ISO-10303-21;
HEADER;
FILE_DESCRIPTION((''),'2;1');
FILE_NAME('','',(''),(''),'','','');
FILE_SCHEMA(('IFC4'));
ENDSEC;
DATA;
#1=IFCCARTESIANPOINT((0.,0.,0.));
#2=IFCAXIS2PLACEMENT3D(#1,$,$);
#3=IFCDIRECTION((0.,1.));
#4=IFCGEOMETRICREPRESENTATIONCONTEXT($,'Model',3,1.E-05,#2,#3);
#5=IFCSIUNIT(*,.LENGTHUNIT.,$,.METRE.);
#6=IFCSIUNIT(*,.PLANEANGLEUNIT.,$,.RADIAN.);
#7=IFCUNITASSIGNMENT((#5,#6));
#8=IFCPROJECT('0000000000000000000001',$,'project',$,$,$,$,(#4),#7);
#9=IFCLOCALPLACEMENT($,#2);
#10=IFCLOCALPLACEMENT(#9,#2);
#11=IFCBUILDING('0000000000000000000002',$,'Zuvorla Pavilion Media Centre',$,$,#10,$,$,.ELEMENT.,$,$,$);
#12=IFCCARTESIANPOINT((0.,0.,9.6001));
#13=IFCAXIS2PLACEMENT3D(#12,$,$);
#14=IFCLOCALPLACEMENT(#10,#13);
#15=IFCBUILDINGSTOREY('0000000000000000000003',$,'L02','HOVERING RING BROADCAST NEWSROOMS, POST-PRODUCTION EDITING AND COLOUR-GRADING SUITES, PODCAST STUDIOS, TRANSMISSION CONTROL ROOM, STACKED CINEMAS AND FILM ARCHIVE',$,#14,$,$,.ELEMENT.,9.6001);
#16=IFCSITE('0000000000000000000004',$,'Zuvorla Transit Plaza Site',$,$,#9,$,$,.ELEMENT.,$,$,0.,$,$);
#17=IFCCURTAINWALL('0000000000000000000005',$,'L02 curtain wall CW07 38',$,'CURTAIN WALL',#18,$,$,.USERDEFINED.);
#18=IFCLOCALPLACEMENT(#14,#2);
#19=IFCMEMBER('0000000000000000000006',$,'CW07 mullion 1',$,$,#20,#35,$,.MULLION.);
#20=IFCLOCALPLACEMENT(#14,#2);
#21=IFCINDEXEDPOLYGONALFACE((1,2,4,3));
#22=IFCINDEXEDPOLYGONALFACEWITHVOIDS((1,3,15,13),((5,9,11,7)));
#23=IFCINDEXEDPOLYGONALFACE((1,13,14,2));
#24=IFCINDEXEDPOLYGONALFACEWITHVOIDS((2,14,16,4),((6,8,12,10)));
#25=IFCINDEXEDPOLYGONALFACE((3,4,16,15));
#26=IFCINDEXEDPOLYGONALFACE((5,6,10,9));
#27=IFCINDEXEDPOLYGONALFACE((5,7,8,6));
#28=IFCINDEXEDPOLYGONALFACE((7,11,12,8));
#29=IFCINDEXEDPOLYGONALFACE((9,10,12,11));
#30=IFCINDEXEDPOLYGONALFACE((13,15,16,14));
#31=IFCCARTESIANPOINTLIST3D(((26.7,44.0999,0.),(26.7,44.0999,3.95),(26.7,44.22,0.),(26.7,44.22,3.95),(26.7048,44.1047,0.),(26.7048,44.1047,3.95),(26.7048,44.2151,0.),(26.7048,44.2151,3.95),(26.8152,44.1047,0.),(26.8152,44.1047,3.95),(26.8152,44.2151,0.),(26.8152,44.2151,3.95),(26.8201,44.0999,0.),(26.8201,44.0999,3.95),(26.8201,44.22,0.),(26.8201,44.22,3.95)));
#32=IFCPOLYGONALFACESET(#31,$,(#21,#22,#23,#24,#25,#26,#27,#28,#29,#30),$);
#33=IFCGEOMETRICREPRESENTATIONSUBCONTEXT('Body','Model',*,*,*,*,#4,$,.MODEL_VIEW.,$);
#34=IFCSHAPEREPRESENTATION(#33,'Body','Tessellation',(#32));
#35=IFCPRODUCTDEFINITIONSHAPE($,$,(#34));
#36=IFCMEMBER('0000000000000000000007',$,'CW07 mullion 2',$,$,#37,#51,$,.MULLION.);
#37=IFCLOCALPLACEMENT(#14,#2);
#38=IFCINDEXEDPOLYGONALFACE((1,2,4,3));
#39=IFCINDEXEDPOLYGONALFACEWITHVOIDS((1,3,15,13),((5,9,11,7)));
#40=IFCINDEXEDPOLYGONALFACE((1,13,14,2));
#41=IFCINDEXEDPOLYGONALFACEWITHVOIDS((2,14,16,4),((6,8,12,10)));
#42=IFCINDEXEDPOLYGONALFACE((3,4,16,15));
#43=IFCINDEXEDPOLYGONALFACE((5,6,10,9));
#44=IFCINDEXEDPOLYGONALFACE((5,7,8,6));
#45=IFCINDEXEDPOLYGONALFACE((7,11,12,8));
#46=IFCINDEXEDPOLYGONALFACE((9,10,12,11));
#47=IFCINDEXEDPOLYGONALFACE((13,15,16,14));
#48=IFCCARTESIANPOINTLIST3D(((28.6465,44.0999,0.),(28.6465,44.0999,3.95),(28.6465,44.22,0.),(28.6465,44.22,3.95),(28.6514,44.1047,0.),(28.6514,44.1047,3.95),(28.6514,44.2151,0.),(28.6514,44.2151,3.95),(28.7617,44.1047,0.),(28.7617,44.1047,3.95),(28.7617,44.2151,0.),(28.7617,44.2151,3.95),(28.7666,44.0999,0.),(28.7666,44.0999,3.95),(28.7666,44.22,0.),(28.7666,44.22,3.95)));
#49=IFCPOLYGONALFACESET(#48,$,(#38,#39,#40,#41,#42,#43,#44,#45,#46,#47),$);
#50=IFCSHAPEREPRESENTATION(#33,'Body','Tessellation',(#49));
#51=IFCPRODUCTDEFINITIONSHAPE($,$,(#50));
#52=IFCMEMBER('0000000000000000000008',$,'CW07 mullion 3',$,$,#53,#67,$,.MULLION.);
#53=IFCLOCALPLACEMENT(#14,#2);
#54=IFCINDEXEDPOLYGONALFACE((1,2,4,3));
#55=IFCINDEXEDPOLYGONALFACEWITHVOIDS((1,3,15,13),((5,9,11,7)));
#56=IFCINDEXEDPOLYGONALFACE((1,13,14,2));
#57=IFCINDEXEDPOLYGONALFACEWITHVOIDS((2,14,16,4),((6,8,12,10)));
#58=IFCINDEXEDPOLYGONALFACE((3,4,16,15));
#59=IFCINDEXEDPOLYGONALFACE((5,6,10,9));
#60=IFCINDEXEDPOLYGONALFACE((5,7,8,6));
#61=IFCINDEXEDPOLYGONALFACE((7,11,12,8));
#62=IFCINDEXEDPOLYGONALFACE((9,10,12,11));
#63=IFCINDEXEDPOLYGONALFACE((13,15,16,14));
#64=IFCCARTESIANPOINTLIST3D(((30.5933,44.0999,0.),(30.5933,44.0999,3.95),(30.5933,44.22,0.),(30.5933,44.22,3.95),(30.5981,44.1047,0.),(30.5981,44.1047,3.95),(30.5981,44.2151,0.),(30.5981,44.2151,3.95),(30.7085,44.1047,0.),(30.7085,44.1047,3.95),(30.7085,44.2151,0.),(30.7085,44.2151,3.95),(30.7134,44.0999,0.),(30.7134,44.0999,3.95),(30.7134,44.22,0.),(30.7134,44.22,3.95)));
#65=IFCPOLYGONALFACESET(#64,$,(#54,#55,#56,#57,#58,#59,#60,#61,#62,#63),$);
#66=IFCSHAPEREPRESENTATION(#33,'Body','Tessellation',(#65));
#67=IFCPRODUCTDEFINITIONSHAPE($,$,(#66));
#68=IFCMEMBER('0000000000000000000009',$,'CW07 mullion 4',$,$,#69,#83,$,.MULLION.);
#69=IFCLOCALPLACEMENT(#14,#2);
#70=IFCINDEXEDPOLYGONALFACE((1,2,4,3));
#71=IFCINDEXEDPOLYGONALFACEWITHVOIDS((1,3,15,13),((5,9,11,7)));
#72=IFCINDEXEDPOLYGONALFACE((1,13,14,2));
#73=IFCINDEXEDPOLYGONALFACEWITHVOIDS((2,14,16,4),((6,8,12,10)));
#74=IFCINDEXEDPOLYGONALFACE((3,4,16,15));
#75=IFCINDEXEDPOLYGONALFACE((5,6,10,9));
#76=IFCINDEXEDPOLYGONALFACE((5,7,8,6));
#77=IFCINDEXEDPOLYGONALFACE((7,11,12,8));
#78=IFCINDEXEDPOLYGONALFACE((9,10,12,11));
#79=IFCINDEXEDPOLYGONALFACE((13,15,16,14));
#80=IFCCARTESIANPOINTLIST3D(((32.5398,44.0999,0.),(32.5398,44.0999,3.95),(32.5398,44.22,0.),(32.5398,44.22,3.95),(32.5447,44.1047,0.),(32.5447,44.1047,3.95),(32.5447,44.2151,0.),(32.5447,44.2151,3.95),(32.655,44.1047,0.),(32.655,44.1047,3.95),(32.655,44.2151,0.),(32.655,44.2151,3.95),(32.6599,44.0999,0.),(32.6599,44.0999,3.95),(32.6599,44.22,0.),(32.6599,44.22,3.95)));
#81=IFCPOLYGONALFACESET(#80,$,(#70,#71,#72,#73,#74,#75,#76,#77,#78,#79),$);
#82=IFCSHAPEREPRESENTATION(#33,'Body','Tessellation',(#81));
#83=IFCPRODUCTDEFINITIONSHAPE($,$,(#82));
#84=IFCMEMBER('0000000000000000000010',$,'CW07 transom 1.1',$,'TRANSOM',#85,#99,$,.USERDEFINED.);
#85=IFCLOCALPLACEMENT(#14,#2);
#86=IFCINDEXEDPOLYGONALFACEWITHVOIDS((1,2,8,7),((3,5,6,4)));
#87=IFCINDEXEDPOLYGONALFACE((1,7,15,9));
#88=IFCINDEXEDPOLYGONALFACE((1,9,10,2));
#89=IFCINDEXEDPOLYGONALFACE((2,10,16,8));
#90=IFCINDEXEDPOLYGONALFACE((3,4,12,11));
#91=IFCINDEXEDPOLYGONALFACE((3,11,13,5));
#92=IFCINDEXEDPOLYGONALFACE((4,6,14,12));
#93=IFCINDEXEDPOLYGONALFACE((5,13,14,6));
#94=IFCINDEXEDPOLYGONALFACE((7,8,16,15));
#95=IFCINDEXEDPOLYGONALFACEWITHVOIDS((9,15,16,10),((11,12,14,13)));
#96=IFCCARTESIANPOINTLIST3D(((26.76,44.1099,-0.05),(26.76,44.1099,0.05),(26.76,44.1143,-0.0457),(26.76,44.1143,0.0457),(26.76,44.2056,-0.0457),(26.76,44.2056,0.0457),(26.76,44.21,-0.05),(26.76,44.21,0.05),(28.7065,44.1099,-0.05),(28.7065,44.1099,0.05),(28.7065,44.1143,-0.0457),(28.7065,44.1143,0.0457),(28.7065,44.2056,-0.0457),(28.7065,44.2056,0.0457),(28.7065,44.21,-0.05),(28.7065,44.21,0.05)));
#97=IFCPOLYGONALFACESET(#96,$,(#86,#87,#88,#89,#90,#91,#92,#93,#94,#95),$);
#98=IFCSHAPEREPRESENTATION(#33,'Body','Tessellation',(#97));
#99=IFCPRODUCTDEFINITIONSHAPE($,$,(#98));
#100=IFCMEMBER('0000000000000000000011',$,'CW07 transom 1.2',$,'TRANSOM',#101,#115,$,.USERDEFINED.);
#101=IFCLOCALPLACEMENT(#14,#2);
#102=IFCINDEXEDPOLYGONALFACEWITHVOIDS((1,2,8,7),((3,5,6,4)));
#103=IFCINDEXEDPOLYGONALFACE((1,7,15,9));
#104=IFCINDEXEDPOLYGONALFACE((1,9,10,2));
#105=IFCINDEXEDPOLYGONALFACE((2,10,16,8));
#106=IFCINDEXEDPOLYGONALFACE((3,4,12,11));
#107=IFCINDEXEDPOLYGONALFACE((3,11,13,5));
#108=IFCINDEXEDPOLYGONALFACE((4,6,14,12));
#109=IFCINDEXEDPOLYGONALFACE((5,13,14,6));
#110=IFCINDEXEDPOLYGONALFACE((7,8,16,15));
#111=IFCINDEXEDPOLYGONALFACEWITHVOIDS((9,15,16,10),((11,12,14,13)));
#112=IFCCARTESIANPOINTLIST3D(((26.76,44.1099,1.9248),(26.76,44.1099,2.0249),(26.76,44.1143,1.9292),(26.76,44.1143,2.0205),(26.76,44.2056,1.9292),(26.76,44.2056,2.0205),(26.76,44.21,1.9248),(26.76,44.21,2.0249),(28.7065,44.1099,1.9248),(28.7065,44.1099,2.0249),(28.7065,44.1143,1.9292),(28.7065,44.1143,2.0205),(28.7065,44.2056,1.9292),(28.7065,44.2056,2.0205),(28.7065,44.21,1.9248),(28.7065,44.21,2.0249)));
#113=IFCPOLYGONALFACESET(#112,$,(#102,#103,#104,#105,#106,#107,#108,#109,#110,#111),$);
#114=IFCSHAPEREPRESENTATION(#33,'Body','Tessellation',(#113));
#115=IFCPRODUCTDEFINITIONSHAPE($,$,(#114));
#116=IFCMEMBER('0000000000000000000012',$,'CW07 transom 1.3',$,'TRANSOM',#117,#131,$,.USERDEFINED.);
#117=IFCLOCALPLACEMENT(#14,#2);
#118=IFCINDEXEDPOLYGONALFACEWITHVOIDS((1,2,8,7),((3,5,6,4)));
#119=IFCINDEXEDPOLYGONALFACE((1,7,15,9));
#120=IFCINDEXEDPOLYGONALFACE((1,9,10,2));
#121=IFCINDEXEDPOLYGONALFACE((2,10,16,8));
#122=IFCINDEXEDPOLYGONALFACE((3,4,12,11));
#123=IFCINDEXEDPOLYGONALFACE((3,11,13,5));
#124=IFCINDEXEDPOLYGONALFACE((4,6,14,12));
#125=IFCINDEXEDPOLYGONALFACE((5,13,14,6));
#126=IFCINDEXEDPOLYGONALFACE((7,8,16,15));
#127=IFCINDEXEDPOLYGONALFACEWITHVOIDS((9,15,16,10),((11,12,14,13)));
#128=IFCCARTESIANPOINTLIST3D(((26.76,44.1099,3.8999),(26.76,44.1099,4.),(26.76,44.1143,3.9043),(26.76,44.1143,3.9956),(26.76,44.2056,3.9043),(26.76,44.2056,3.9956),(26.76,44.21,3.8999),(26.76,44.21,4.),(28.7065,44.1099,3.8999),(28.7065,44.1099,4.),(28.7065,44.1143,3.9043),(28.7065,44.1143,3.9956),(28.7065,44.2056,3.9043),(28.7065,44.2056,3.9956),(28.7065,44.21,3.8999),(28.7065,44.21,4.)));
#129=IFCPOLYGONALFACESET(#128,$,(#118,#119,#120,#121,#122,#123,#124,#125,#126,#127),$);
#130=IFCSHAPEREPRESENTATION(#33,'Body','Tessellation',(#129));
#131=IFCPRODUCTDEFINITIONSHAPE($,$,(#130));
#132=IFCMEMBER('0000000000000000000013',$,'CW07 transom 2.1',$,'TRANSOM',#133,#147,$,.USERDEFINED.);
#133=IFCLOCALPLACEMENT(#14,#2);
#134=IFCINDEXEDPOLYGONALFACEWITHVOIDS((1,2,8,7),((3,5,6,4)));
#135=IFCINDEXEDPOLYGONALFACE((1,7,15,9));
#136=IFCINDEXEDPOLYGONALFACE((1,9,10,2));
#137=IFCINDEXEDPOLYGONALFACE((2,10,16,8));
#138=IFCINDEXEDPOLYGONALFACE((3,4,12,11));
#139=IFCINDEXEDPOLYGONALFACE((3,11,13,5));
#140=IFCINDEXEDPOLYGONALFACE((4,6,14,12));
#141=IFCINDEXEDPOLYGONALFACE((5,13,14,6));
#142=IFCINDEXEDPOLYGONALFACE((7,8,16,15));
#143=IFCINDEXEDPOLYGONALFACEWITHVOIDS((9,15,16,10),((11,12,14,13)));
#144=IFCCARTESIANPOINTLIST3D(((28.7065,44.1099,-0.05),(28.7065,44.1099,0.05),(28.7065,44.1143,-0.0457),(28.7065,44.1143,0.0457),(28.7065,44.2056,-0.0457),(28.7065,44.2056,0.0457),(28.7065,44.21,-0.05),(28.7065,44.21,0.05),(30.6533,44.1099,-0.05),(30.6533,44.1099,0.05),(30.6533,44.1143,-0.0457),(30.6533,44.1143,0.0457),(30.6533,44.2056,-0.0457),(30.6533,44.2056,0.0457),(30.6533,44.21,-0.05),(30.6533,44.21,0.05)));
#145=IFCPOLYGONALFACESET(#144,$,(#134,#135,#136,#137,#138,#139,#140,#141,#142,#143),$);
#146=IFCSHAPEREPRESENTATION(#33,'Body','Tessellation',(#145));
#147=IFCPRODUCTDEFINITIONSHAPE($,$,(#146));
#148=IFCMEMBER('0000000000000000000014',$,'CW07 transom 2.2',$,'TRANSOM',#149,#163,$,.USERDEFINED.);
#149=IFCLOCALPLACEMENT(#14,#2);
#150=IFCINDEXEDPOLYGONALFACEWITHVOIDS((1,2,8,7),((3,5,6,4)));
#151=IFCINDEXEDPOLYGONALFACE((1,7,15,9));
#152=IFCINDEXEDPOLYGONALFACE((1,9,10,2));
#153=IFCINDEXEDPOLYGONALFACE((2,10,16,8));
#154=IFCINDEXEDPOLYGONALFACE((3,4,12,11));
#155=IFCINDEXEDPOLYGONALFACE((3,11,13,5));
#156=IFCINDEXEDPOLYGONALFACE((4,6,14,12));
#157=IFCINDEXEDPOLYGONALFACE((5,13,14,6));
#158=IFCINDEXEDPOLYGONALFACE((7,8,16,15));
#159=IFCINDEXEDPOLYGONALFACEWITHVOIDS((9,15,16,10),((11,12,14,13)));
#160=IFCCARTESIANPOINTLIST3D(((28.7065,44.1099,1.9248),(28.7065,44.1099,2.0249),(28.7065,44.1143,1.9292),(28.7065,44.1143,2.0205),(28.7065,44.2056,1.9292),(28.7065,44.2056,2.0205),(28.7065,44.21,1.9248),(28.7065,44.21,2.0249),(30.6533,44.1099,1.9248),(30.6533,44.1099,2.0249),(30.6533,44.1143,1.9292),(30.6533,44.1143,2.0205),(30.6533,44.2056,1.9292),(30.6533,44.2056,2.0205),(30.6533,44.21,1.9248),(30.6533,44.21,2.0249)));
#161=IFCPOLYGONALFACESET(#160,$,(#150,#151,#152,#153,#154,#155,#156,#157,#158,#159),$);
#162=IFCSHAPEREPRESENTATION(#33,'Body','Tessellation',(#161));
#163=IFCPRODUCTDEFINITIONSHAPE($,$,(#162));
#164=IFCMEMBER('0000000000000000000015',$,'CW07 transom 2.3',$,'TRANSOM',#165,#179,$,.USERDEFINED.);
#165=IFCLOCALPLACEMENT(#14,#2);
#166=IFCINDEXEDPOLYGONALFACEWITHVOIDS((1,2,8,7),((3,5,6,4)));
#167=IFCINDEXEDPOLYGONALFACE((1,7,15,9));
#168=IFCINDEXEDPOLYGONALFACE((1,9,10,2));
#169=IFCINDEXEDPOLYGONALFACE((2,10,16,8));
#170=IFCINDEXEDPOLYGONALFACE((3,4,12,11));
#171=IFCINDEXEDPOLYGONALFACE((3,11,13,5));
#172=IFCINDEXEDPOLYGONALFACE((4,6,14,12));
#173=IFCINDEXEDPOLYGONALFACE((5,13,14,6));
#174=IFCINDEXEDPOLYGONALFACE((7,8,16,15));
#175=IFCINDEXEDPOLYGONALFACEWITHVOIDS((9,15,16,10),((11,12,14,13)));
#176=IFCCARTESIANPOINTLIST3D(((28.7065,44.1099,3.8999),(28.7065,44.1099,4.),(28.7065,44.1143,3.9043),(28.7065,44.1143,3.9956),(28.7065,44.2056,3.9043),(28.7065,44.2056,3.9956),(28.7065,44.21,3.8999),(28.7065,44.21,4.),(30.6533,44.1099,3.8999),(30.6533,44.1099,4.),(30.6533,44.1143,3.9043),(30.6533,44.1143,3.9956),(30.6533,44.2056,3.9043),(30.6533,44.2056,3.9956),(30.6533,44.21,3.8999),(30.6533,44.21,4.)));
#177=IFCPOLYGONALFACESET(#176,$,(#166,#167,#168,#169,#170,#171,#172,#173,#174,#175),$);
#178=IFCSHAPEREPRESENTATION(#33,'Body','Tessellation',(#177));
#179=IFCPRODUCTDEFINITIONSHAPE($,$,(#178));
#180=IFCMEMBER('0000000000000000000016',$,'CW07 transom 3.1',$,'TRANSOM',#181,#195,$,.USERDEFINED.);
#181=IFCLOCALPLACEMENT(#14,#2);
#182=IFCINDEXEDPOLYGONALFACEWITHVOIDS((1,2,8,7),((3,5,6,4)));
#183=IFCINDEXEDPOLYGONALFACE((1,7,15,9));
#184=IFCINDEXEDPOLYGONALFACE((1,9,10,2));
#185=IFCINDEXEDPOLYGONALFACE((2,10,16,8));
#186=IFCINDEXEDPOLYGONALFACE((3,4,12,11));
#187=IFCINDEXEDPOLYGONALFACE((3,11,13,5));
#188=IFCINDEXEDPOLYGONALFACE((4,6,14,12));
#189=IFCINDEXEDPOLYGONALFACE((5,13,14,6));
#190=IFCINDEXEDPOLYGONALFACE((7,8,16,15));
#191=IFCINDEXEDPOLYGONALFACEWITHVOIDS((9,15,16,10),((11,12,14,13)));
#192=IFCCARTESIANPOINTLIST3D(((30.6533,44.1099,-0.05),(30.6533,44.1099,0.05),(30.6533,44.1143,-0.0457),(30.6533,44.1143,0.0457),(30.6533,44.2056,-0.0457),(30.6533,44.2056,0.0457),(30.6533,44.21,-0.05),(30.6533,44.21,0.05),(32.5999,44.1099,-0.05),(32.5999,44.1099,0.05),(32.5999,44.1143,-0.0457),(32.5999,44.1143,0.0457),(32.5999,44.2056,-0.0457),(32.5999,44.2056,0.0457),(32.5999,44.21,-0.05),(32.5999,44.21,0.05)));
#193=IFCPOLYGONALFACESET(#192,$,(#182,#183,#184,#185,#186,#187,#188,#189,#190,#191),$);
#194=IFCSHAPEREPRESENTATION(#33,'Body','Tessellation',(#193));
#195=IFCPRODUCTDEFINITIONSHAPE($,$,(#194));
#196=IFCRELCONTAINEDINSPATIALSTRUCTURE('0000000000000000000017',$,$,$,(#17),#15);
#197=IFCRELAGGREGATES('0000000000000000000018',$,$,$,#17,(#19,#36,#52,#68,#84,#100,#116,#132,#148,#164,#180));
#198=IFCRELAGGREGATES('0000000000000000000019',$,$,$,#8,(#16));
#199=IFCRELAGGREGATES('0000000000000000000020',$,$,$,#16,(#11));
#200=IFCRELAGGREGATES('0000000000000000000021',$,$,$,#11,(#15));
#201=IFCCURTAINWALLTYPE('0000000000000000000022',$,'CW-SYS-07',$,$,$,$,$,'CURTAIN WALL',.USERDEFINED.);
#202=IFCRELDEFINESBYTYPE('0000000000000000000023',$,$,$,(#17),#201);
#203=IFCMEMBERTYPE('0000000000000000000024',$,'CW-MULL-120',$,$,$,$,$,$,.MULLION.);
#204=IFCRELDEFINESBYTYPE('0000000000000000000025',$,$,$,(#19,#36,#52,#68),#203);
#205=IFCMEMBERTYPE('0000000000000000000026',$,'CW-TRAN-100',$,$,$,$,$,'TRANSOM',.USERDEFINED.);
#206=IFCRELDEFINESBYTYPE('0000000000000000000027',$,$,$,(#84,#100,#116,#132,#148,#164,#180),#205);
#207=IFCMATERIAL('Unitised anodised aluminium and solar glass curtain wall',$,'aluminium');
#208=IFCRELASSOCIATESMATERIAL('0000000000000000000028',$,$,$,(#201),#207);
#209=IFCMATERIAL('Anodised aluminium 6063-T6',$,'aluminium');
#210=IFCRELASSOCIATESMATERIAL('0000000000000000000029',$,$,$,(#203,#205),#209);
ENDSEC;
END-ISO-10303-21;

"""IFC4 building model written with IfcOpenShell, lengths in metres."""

from ifc_helpers import new_model, si_unit, direction, frame, origin, origin_2d, place, context, subcontext, project, spatial, hollow_rectangle, extrude, material, material_profile, profile_set, type_object, element, aggregate, save


model = new_model("IFC4")

# Units and contexts
model_context = context("Model", 3, precision=1e-05, world=origin(), true_north=direction((0.0, 1.0)))
body_context = subcontext(model_context, "Body", "Model", "MODEL_VIEW")
ifc_project = project(units=[si_unit("LENGTHUNIT", "METRE"), si_unit("PLANEANGLEUNIT", "RADIAN")], contexts=[model_context])

# Site, building, storey
site_placement = place(None, origin())
site = spatial("IfcSite", under=ifc_project, at=site_placement, Name="Zuvorla Transit Plaza Site", CompositionType="ELEMENT", RefElevation=0.0)
building_placement = place(site_placement, origin())
building = spatial("IfcBuilding", under=site, at=building_placement, Name="Zuvorla Pavilion Media Centre", CompositionType="ELEMENT")
storey_placement = place(building_placement, frame((0.0, 0.0, 9.6001)))
storey = spatial("IfcBuildingStorey", under=building, at=storey_placement, Name="L02", Description="HOVERING RING BROADCAST NEWSROOMS, POST-PRODUCTION EDITING AND COLOUR-GRADING SUITES, PODCAST STUDIOS, TRANSMISSION CONTROL ROOM, STACKED CINEMAS AND FILM ARCHIVE", CompositionType="ELEMENT", Elevation=9.6001)

# Curtain wall, members
ifc_material_1 = material(Name="Unitised anodised aluminium and solar glass curtain wall", Category="aluminium")
curtain_wall_type = type_object("IfcCurtainWallType", Name="CW-SYS-07", ElementType="CURTAIN WALL", PredefinedType="USERDEFINED", material=ifc_material_1)
curtain_wall_placement = place(storey_placement, origin())
curtain_wall = element("IfcCurtainWall", 1, at=curtain_wall_placement, inside=storey, type_object=curtain_wall_type, Name="L02 curtain wall CW07 38", ObjectType="CURTAIN WALL", PredefinedType="USERDEFINED")
ifc_material_2 = material(Name="Anodised aluminium 6063-T6", Category="aluminium")
ifc_material_profile_1 = material_profile(ifc_material_2, hollow_rectangle(XDim=0.1201, YDim=0.1201, WallThickness=0.0049, at=origin_2d()), Name="ALU MULL 120x120")
ifc_profile_set_1 = profile_set([ifc_material_profile_1], Name="Anodised aluminium 6063-T6")
member_type_1 = type_object("IfcMemberType", Name="CW-MULL-120", PredefinedType="MULLION", material=ifc_profile_set_1)
member_1_placement = place(storey_placement, frame((26.76, 44.1599, 0.0), z_axis=(0.0, 0.0, 1.0), x_axis=(1.0, 0.0, 0.0)))
member_1 = element("IfcMember", 2, at=member_1_placement, type_object=member_type_1, Name="CW07 mullion 1", PredefinedType="MULLION", context=body_context, shape_type="SweptSolid", body=[
    extrude(hollow_rectangle(XDim=0.1201, YDim=0.1201, WallThickness=0.0049, at=origin_2d()), origin(), (0.0, 0.0, 1.0), 3.95),
])
member_2_placement = place(storey_placement, frame((28.7065, 44.1599, 0.0), z_axis=(0.0, 0.0, 1.0), x_axis=(1.0, 0.0, 0.0)))
member_2 = element("IfcMember", 3, at=member_2_placement, type_object=member_type_1, Name="CW07 mullion 2", PredefinedType="MULLION", context=body_context, shape_type="SweptSolid", body=[
    extrude(hollow_rectangle(XDim=0.1201, YDim=0.1201, WallThickness=0.0049, at=origin_2d()), origin(), (0.0, 0.0, 1.0), 3.95),
])
member_3_placement = place(storey_placement, frame((30.6533, 44.1599, 0.0), z_axis=(0.0, 0.0, 1.0), x_axis=(1.0, 0.0, 0.0)))
member_3 = element("IfcMember", 4, at=member_3_placement, type_object=member_type_1, Name="CW07 mullion 3", PredefinedType="MULLION", context=body_context, shape_type="SweptSolid", body=[
    extrude(hollow_rectangle(XDim=0.1201, YDim=0.1201, WallThickness=0.0049, at=origin_2d()), origin(), (0.0, 0.0, 1.0), 3.95),
])
member_4_placement = place(storey_placement, frame((32.5999, 44.1599, 0.0), z_axis=(0.0, 0.0, 1.0), x_axis=(1.0, 0.0, 0.0)))
member_4 = element("IfcMember", 5, at=member_4_placement, type_object=member_type_1, Name="CW07 mullion 4", PredefinedType="MULLION", context=body_context, shape_type="SweptSolid", body=[
    extrude(hollow_rectangle(XDim=0.1201, YDim=0.1201, WallThickness=0.0049, at=origin_2d()), origin(), (0.0, 0.0, 1.0), 3.95),
])
ifc_material_profile_2 = material_profile(ifc_material_2, hollow_rectangle(XDim=0.1001, YDim=0.1001, WallThickness=0.0044, at=origin_2d()), Name="ALU TRAN 100x100")
ifc_profile_set_2 = profile_set([ifc_material_profile_2], Name="Anodised aluminium 6063-T6")
member_type_2 = type_object("IfcMemberType", Name="CW-TRAN-100", ElementType="TRANSOM", PredefinedType="USERDEFINED", material=ifc_profile_set_2)
member_5_placement = place(storey_placement, frame((26.76, 44.1599, 0.0), z_axis=(1.0, 0.0, 0.0), x_axis=(0.0, 1.0, 0.0)))
member_5 = element("IfcMember", 6, at=member_5_placement, type_object=member_type_2, Name="CW07 transom 1.1", ObjectType="TRANSOM", PredefinedType="USERDEFINED", context=body_context, shape_type="SweptSolid", body=[
    extrude(hollow_rectangle(XDim=0.1001, YDim=0.1001, WallThickness=0.0044, at=origin_2d()), origin(), (0.0, 0.0, 1.0), 1.9465),
])
member_6_placement = place(storey_placement, frame((26.76, 44.1599, 1.9749), z_axis=(1.0, 0.0, 0.0), x_axis=(0.0, 1.0, 0.0)))
member_6 = element("IfcMember", 7, at=member_6_placement, type_object=member_type_2, Name="CW07 transom 1.2", ObjectType="TRANSOM", PredefinedType="USERDEFINED", context=body_context, shape_type="SweptSolid", body=[
    extrude(hollow_rectangle(XDim=0.1001, YDim=0.1001, WallThickness=0.0044, at=origin_2d()), origin(), (0.0, 0.0, 1.0), 1.9465),
])
member_7_placement = place(storey_placement, frame((26.76, 44.1599, 3.95), z_axis=(1.0, 0.0, 0.0), x_axis=(0.0, 1.0, 0.0)))
member_7 = element("IfcMember", 8, at=member_7_placement, type_object=member_type_2, Name="CW07 transom 1.3", ObjectType="TRANSOM", PredefinedType="USERDEFINED", context=body_context, shape_type="SweptSolid", body=[
    extrude(hollow_rectangle(XDim=0.1001, YDim=0.1001, WallThickness=0.0044, at=origin_2d()), origin(), (0.0, 0.0, 1.0), 1.9465),
])
member_8_placement = place(storey_placement, frame((28.7065, 44.1599, 0.0), z_axis=(1.0, 0.0, 0.0), x_axis=(0.0, 1.0, 0.0)))
member_8 = element("IfcMember", 9, at=member_8_placement, type_object=member_type_2, Name="CW07 transom 2.1", ObjectType="TRANSOM", PredefinedType="USERDEFINED", context=body_context, shape_type="SweptSolid", body=[
    extrude(hollow_rectangle(XDim=0.1001, YDim=0.1001, WallThickness=0.0044, at=origin_2d()), origin(), (0.0, 0.0, 1.0), 1.9468),
])
member_9_placement = place(storey_placement, frame((28.7065, 44.1599, 1.9749), z_axis=(1.0, 0.0, 0.0), x_axis=(0.0, 1.0, 0.0)))
member_9 = element("IfcMember", 10, at=member_9_placement, type_object=member_type_2, Name="CW07 transom 2.2", ObjectType="TRANSOM", PredefinedType="USERDEFINED", context=body_context, shape_type="SweptSolid", body=[
    extrude(hollow_rectangle(XDim=0.1001, YDim=0.1001, WallThickness=0.0044, at=origin_2d()), origin(), (0.0, 0.0, 1.0), 1.9468),
])
member_10_placement = place(storey_placement, frame((28.7065, 44.1599, 3.95), z_axis=(1.0, 0.0, 0.0), x_axis=(0.0, 1.0, 0.0)))
member_10 = element("IfcMember", 11, at=member_10_placement, type_object=member_type_2, Name="CW07 transom 2.3", ObjectType="TRANSOM", PredefinedType="USERDEFINED", context=body_context, shape_type="SweptSolid", body=[
    extrude(hollow_rectangle(XDim=0.1001, YDim=0.1001, WallThickness=0.0044, at=origin_2d()), origin(), (0.0, 0.0, 1.0), 1.9468),
])
member_11_placement = place(storey_placement, frame((30.6533, 44.1599, 0.0), z_axis=(1.0, 0.0, 0.0), x_axis=(0.0, 1.0, 0.0)))
member_11 = element("IfcMember", 12, at=member_11_placement, type_object=member_type_2, Name="CW07 transom 3.1", ObjectType="TRANSOM", PredefinedType="USERDEFINED", context=body_context, shape_type="SweptSolid", body=[
    extrude(hollow_rectangle(XDim=0.1001, YDim=0.1001, WallThickness=0.0044, at=origin_2d()), origin(), (0.0, 0.0, 1.0), 1.9465),
])
aggregate(curtain_wall, [member_1, member_2, member_3, member_4, member_5, member_6, member_7, member_8, member_9, member_10, member_11])

save(model, "model.ifc")
